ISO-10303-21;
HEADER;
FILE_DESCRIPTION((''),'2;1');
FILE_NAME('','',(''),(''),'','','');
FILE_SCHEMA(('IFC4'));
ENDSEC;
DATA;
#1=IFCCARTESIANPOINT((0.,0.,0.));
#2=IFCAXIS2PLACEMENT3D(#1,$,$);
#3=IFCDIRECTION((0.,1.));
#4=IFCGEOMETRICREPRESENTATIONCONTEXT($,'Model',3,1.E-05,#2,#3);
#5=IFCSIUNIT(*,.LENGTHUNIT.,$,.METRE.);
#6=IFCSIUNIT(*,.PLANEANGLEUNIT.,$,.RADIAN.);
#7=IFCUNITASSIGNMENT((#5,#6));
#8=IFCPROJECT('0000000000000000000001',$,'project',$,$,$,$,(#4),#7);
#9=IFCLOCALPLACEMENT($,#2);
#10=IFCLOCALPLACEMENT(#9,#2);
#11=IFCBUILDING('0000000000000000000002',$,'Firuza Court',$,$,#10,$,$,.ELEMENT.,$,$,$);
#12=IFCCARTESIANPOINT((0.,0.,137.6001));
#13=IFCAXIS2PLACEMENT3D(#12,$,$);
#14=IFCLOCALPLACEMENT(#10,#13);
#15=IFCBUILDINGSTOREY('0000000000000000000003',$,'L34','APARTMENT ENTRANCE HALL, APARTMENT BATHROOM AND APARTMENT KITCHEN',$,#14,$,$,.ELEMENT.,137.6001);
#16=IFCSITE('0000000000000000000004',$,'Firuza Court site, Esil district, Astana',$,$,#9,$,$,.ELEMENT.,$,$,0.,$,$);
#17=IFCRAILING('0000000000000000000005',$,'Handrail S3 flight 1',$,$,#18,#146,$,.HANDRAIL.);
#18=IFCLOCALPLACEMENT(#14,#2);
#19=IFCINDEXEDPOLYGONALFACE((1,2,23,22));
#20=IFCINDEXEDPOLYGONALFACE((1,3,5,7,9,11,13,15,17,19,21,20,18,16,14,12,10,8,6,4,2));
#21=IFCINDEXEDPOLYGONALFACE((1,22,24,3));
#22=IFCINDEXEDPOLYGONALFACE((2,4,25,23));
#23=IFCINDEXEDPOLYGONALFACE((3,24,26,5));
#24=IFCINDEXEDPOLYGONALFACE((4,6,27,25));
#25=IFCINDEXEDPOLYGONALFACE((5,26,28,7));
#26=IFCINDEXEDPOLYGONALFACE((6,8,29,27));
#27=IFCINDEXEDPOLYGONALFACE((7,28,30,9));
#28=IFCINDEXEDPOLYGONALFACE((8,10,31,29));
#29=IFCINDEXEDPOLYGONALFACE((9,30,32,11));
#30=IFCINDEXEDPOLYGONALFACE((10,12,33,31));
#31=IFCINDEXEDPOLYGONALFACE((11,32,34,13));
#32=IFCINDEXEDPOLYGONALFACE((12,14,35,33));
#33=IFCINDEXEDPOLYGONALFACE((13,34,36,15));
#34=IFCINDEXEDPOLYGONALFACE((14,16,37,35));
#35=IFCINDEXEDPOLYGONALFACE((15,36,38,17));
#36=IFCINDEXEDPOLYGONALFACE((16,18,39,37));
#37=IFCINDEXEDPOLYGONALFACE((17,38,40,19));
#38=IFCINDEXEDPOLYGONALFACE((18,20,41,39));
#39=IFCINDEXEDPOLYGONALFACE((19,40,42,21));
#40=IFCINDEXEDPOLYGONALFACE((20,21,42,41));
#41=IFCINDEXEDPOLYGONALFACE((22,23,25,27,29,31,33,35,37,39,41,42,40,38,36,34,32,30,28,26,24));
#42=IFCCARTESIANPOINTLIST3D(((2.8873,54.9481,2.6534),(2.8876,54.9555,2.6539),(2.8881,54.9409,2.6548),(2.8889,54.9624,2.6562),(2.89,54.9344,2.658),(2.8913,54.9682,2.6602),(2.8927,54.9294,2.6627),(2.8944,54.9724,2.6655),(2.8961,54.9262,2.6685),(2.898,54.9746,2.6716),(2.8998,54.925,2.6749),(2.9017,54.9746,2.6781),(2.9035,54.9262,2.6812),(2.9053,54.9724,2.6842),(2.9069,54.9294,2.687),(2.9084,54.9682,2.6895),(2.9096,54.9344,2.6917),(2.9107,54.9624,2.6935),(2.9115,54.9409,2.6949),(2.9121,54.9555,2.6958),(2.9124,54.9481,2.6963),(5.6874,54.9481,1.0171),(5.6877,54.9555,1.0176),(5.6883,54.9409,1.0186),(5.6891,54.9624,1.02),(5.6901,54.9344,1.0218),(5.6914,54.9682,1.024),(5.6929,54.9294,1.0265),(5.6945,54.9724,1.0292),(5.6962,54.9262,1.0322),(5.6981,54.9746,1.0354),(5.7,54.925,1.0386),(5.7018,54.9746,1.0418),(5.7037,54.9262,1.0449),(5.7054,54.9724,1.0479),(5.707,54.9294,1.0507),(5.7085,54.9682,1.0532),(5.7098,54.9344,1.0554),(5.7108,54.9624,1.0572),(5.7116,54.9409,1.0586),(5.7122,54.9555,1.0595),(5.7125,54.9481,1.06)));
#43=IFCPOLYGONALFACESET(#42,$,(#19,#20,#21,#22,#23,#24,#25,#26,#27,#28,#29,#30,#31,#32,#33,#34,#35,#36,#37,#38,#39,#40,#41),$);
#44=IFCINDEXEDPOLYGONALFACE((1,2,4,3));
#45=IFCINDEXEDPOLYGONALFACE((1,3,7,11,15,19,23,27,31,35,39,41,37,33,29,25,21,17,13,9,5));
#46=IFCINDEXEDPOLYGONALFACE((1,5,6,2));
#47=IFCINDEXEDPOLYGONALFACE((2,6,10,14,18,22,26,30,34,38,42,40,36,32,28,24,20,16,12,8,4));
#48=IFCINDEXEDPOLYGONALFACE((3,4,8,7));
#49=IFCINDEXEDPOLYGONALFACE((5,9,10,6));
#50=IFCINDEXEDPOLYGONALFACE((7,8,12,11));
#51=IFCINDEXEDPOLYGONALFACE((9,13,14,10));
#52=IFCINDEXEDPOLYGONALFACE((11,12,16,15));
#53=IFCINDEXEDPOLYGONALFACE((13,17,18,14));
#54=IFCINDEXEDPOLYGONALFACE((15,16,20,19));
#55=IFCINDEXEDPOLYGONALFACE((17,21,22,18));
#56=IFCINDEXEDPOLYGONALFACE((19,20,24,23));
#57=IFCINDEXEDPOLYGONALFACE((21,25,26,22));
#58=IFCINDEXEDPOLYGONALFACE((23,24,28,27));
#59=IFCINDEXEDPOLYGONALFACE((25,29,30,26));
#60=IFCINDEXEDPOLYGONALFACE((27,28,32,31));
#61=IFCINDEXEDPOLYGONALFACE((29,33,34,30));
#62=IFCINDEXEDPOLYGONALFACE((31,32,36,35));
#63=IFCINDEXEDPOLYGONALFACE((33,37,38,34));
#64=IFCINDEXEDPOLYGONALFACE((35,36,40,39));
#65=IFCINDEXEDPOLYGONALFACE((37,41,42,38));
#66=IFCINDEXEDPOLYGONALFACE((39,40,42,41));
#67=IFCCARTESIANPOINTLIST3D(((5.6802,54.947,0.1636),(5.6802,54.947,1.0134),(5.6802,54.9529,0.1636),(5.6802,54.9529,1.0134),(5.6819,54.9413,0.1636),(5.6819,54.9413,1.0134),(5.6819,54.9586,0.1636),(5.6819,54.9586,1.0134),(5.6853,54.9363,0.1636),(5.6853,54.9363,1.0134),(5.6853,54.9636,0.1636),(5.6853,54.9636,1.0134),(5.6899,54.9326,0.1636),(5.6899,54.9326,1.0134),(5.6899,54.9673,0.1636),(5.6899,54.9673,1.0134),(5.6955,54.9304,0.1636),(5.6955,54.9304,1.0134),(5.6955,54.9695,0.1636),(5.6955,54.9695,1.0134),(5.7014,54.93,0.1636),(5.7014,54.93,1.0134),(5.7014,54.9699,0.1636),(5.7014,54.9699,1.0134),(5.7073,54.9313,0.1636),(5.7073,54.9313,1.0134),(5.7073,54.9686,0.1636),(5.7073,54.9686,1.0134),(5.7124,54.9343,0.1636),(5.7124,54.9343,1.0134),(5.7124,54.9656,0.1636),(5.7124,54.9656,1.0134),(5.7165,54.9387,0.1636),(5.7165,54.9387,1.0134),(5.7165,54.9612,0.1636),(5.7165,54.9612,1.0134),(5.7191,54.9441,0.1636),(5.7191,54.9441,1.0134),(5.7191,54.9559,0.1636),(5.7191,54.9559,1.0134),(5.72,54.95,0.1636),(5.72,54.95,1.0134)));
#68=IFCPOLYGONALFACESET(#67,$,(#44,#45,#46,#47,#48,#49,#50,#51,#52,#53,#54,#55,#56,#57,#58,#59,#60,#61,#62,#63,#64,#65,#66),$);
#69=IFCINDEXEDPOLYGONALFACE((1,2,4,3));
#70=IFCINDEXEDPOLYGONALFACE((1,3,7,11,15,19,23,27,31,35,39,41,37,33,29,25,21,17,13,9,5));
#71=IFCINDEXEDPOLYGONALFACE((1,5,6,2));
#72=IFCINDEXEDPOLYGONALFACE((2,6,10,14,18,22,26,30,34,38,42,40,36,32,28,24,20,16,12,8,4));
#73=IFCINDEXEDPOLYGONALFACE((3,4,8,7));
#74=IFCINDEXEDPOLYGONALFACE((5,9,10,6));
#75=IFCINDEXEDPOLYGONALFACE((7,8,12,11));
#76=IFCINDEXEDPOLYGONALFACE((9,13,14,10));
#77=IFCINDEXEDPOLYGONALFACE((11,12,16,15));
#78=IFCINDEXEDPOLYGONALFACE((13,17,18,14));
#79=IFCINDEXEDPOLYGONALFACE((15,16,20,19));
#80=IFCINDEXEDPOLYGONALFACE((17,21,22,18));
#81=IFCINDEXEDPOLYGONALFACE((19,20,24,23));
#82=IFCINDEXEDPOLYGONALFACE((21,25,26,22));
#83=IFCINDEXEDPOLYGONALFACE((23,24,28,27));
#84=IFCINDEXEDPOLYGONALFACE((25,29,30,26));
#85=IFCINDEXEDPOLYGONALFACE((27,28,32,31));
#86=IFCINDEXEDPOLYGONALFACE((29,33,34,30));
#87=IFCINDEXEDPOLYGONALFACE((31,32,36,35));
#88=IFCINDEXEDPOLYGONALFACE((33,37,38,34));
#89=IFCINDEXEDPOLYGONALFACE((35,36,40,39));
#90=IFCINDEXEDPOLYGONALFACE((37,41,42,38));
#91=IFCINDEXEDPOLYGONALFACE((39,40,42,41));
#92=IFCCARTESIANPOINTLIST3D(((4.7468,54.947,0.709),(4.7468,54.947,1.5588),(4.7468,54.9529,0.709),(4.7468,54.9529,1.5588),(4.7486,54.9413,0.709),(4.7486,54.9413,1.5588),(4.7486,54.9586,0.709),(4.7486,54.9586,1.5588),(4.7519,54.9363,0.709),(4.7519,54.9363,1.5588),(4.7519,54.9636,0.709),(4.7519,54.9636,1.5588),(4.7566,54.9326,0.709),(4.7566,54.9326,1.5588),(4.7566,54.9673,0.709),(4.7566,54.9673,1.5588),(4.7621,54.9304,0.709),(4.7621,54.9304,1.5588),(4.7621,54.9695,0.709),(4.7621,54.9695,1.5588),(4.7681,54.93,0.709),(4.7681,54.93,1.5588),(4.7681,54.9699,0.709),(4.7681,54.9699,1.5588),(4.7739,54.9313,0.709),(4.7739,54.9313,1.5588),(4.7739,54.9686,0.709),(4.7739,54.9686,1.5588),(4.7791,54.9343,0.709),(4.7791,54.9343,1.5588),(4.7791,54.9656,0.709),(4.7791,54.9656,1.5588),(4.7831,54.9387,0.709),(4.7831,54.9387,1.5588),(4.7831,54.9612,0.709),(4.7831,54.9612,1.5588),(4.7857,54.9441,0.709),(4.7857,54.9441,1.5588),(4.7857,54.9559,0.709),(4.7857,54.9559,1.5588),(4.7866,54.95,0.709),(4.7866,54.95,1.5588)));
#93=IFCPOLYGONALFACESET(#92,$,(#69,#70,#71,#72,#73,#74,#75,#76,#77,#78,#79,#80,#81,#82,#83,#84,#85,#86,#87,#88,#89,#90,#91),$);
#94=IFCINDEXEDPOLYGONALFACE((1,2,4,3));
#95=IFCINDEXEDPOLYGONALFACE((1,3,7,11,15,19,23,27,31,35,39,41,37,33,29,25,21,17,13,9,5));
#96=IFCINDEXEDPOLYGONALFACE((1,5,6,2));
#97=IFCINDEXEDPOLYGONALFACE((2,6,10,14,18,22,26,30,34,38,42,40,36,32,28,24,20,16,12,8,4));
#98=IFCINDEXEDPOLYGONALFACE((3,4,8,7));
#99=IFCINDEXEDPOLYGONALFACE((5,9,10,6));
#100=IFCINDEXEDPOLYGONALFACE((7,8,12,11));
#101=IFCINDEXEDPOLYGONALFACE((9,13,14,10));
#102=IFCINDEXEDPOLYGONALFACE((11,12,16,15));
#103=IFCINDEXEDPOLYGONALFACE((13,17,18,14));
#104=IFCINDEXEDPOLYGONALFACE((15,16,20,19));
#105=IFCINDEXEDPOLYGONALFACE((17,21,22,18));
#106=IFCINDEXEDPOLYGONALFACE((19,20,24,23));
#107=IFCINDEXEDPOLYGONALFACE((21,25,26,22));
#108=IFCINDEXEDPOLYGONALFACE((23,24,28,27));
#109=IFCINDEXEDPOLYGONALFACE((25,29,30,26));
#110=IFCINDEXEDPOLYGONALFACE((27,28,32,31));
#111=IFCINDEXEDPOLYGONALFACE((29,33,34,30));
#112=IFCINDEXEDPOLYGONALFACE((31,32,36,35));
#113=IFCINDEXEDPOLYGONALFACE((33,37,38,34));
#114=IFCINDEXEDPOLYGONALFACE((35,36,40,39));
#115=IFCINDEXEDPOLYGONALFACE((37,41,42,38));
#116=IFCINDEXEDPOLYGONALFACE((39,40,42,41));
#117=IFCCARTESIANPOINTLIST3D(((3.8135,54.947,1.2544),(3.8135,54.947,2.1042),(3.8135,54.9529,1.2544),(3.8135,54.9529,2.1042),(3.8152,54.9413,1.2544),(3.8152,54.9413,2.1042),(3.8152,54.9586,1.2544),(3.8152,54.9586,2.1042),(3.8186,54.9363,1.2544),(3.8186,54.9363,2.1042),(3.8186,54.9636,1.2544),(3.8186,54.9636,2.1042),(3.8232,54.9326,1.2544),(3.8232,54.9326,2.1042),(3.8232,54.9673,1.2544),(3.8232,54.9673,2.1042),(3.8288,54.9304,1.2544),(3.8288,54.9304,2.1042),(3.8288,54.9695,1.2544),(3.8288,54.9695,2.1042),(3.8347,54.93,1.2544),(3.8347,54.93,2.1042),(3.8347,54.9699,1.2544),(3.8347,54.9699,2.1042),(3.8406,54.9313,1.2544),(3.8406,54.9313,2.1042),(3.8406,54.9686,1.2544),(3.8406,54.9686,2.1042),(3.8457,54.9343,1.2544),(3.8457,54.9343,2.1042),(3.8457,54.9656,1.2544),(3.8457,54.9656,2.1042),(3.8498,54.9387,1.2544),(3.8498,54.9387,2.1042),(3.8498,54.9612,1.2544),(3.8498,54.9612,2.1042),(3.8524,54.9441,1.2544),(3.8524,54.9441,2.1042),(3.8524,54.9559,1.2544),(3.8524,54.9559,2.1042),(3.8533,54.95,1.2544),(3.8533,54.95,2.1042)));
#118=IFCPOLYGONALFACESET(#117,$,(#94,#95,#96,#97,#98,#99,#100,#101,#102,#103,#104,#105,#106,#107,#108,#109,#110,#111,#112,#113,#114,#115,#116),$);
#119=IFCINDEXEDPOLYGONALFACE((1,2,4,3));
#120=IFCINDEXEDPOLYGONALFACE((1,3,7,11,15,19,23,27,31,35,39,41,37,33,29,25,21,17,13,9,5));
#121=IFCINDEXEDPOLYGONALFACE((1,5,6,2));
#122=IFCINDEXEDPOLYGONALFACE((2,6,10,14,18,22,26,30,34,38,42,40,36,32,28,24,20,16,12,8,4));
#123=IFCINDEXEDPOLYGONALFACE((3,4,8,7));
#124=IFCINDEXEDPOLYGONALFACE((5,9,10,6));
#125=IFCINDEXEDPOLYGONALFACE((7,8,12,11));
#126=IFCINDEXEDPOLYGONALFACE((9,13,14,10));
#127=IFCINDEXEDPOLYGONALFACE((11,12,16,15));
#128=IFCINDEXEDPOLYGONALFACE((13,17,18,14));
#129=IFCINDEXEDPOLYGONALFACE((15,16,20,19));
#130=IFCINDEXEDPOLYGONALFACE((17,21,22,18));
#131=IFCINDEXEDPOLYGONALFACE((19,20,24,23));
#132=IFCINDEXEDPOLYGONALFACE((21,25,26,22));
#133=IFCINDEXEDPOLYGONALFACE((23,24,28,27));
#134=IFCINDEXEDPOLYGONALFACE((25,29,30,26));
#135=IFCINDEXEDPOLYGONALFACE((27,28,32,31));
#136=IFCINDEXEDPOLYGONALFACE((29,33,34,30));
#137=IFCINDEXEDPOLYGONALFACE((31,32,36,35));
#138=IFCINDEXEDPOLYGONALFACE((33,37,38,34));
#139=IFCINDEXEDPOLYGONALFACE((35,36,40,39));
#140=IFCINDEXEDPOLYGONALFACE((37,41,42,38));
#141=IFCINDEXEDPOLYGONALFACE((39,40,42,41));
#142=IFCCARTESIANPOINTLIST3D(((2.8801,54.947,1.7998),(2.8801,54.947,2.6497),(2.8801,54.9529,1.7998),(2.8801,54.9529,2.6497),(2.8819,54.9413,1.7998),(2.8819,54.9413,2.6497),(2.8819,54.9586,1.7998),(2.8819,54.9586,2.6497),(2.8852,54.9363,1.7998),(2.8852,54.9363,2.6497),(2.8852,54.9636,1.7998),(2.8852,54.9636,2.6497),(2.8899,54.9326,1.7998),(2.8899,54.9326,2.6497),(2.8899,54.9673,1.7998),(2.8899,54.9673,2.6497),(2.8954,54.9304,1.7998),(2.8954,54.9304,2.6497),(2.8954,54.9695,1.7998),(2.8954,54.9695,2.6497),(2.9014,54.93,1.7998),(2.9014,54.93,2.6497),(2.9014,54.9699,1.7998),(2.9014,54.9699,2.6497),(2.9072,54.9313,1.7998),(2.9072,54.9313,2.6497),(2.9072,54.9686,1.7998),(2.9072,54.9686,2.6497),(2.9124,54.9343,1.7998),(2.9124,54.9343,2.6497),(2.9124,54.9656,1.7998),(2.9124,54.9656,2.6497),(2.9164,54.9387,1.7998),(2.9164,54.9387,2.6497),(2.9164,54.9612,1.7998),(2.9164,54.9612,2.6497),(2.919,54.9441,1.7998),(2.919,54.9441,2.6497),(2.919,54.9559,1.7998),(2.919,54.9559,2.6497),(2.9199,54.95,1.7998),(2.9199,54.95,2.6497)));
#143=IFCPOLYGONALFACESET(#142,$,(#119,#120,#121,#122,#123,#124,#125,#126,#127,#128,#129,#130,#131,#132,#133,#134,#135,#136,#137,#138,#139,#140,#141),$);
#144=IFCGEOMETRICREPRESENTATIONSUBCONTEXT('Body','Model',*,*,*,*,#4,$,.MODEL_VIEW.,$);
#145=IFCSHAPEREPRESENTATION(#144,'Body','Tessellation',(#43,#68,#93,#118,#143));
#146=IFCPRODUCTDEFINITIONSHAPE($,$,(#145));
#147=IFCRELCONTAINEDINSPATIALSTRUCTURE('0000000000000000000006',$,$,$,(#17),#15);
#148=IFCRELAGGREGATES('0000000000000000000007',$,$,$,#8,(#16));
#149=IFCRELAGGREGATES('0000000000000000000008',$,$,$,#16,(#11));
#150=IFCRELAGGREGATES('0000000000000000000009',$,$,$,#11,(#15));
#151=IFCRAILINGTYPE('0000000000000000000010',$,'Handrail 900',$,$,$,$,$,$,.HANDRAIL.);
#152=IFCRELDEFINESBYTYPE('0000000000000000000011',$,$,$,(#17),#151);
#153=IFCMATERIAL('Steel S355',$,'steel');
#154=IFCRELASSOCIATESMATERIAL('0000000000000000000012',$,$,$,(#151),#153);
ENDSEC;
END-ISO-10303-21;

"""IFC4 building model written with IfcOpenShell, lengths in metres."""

from ifc_helpers import new_model, si_unit, direction, frame, origin, origin_2d, place, context, subcontext, project, spatial, circle, extrude, material, type_object, element, save


model = new_model("IFC4")

# Units and contexts
model_context = context("Model", 3, precision=1e-05, world=origin(), true_north=direction((0.0, 1.0)))
body_context = subcontext(model_context, "Body", "Model", "MODEL_VIEW")
ifc_project = project(units=[si_unit("LENGTHUNIT", "METRE"), si_unit("PLANEANGLEUNIT", "RADIAN")], contexts=[model_context])

# Site, building, storey
site_placement = place(None, origin())
site = spatial("IfcSite", under=ifc_project, at=site_placement, Name="Firuza Court site, Esil district, Astana", CompositionType="ELEMENT", RefElevation=0.0)
building_placement = place(site_placement, origin())
building = spatial("IfcBuilding", under=site, at=building_placement, Name="Firuza Court", CompositionType="ELEMENT")
storey_placement = place(building_placement, frame((0.0, 0.0, 137.6001)))
storey = spatial("IfcBuildingStorey", under=building, at=storey_placement, Name="L34", Description="APARTMENT ENTRANCE HALL, APARTMENT BATHROOM AND APARTMENT KITCHEN", CompositionType="ELEMENT", Elevation=137.6001)

# Railing
ifc_material_1 = material(Name="Steel S355", Category="steel")
railing_type_1 = type_object("IfcRailingType", Name="Handrail 900", PredefinedType="HANDRAIL", material=ifc_material_1)
railing_1_placement = place(storey_placement, frame((5.7, 54.95, 0.1636)))
element("IfcRailing", 1, at=railing_1_placement, inside=storey, type_object=railing_type_1, Name="Handrail S3 flight 1", PredefinedType="HANDRAIL", context=body_context, shape_type="SweptSolid", body=[
    extrude(circle(Radius=0.0249, at=origin_2d()), frame((0.0, 0.0, 0.875), z_axis=(-0.863394, 0.0, 0.504531), x_axis=(0.0, -1.0, 0.0)), (0.0, 0.0, 1.0), 3.2432),
    extrude(circle(Radius=0.02, at=origin_2d()), origin(), (0.0, 0.0, 1.0), 0.8499),
    extrude(circle(Radius=0.02, at=origin_2d()), frame((-0.9333, 0.0, 0.5454)), (0.0, 0.0, 1.0), 0.8499),
    extrude(circle(Radius=0.02, at=origin_2d()), frame((-1.8667, 0.0, 1.0908)), (0.0, 0.0, 1.0), 0.8499),
    extrude(circle(Radius=0.02, at=origin_2d()), frame((-2.8, 0.0, 1.6362)), (0.0, 0.0, 1.0), 0.8499),
])

save(model, "model.ifc")
